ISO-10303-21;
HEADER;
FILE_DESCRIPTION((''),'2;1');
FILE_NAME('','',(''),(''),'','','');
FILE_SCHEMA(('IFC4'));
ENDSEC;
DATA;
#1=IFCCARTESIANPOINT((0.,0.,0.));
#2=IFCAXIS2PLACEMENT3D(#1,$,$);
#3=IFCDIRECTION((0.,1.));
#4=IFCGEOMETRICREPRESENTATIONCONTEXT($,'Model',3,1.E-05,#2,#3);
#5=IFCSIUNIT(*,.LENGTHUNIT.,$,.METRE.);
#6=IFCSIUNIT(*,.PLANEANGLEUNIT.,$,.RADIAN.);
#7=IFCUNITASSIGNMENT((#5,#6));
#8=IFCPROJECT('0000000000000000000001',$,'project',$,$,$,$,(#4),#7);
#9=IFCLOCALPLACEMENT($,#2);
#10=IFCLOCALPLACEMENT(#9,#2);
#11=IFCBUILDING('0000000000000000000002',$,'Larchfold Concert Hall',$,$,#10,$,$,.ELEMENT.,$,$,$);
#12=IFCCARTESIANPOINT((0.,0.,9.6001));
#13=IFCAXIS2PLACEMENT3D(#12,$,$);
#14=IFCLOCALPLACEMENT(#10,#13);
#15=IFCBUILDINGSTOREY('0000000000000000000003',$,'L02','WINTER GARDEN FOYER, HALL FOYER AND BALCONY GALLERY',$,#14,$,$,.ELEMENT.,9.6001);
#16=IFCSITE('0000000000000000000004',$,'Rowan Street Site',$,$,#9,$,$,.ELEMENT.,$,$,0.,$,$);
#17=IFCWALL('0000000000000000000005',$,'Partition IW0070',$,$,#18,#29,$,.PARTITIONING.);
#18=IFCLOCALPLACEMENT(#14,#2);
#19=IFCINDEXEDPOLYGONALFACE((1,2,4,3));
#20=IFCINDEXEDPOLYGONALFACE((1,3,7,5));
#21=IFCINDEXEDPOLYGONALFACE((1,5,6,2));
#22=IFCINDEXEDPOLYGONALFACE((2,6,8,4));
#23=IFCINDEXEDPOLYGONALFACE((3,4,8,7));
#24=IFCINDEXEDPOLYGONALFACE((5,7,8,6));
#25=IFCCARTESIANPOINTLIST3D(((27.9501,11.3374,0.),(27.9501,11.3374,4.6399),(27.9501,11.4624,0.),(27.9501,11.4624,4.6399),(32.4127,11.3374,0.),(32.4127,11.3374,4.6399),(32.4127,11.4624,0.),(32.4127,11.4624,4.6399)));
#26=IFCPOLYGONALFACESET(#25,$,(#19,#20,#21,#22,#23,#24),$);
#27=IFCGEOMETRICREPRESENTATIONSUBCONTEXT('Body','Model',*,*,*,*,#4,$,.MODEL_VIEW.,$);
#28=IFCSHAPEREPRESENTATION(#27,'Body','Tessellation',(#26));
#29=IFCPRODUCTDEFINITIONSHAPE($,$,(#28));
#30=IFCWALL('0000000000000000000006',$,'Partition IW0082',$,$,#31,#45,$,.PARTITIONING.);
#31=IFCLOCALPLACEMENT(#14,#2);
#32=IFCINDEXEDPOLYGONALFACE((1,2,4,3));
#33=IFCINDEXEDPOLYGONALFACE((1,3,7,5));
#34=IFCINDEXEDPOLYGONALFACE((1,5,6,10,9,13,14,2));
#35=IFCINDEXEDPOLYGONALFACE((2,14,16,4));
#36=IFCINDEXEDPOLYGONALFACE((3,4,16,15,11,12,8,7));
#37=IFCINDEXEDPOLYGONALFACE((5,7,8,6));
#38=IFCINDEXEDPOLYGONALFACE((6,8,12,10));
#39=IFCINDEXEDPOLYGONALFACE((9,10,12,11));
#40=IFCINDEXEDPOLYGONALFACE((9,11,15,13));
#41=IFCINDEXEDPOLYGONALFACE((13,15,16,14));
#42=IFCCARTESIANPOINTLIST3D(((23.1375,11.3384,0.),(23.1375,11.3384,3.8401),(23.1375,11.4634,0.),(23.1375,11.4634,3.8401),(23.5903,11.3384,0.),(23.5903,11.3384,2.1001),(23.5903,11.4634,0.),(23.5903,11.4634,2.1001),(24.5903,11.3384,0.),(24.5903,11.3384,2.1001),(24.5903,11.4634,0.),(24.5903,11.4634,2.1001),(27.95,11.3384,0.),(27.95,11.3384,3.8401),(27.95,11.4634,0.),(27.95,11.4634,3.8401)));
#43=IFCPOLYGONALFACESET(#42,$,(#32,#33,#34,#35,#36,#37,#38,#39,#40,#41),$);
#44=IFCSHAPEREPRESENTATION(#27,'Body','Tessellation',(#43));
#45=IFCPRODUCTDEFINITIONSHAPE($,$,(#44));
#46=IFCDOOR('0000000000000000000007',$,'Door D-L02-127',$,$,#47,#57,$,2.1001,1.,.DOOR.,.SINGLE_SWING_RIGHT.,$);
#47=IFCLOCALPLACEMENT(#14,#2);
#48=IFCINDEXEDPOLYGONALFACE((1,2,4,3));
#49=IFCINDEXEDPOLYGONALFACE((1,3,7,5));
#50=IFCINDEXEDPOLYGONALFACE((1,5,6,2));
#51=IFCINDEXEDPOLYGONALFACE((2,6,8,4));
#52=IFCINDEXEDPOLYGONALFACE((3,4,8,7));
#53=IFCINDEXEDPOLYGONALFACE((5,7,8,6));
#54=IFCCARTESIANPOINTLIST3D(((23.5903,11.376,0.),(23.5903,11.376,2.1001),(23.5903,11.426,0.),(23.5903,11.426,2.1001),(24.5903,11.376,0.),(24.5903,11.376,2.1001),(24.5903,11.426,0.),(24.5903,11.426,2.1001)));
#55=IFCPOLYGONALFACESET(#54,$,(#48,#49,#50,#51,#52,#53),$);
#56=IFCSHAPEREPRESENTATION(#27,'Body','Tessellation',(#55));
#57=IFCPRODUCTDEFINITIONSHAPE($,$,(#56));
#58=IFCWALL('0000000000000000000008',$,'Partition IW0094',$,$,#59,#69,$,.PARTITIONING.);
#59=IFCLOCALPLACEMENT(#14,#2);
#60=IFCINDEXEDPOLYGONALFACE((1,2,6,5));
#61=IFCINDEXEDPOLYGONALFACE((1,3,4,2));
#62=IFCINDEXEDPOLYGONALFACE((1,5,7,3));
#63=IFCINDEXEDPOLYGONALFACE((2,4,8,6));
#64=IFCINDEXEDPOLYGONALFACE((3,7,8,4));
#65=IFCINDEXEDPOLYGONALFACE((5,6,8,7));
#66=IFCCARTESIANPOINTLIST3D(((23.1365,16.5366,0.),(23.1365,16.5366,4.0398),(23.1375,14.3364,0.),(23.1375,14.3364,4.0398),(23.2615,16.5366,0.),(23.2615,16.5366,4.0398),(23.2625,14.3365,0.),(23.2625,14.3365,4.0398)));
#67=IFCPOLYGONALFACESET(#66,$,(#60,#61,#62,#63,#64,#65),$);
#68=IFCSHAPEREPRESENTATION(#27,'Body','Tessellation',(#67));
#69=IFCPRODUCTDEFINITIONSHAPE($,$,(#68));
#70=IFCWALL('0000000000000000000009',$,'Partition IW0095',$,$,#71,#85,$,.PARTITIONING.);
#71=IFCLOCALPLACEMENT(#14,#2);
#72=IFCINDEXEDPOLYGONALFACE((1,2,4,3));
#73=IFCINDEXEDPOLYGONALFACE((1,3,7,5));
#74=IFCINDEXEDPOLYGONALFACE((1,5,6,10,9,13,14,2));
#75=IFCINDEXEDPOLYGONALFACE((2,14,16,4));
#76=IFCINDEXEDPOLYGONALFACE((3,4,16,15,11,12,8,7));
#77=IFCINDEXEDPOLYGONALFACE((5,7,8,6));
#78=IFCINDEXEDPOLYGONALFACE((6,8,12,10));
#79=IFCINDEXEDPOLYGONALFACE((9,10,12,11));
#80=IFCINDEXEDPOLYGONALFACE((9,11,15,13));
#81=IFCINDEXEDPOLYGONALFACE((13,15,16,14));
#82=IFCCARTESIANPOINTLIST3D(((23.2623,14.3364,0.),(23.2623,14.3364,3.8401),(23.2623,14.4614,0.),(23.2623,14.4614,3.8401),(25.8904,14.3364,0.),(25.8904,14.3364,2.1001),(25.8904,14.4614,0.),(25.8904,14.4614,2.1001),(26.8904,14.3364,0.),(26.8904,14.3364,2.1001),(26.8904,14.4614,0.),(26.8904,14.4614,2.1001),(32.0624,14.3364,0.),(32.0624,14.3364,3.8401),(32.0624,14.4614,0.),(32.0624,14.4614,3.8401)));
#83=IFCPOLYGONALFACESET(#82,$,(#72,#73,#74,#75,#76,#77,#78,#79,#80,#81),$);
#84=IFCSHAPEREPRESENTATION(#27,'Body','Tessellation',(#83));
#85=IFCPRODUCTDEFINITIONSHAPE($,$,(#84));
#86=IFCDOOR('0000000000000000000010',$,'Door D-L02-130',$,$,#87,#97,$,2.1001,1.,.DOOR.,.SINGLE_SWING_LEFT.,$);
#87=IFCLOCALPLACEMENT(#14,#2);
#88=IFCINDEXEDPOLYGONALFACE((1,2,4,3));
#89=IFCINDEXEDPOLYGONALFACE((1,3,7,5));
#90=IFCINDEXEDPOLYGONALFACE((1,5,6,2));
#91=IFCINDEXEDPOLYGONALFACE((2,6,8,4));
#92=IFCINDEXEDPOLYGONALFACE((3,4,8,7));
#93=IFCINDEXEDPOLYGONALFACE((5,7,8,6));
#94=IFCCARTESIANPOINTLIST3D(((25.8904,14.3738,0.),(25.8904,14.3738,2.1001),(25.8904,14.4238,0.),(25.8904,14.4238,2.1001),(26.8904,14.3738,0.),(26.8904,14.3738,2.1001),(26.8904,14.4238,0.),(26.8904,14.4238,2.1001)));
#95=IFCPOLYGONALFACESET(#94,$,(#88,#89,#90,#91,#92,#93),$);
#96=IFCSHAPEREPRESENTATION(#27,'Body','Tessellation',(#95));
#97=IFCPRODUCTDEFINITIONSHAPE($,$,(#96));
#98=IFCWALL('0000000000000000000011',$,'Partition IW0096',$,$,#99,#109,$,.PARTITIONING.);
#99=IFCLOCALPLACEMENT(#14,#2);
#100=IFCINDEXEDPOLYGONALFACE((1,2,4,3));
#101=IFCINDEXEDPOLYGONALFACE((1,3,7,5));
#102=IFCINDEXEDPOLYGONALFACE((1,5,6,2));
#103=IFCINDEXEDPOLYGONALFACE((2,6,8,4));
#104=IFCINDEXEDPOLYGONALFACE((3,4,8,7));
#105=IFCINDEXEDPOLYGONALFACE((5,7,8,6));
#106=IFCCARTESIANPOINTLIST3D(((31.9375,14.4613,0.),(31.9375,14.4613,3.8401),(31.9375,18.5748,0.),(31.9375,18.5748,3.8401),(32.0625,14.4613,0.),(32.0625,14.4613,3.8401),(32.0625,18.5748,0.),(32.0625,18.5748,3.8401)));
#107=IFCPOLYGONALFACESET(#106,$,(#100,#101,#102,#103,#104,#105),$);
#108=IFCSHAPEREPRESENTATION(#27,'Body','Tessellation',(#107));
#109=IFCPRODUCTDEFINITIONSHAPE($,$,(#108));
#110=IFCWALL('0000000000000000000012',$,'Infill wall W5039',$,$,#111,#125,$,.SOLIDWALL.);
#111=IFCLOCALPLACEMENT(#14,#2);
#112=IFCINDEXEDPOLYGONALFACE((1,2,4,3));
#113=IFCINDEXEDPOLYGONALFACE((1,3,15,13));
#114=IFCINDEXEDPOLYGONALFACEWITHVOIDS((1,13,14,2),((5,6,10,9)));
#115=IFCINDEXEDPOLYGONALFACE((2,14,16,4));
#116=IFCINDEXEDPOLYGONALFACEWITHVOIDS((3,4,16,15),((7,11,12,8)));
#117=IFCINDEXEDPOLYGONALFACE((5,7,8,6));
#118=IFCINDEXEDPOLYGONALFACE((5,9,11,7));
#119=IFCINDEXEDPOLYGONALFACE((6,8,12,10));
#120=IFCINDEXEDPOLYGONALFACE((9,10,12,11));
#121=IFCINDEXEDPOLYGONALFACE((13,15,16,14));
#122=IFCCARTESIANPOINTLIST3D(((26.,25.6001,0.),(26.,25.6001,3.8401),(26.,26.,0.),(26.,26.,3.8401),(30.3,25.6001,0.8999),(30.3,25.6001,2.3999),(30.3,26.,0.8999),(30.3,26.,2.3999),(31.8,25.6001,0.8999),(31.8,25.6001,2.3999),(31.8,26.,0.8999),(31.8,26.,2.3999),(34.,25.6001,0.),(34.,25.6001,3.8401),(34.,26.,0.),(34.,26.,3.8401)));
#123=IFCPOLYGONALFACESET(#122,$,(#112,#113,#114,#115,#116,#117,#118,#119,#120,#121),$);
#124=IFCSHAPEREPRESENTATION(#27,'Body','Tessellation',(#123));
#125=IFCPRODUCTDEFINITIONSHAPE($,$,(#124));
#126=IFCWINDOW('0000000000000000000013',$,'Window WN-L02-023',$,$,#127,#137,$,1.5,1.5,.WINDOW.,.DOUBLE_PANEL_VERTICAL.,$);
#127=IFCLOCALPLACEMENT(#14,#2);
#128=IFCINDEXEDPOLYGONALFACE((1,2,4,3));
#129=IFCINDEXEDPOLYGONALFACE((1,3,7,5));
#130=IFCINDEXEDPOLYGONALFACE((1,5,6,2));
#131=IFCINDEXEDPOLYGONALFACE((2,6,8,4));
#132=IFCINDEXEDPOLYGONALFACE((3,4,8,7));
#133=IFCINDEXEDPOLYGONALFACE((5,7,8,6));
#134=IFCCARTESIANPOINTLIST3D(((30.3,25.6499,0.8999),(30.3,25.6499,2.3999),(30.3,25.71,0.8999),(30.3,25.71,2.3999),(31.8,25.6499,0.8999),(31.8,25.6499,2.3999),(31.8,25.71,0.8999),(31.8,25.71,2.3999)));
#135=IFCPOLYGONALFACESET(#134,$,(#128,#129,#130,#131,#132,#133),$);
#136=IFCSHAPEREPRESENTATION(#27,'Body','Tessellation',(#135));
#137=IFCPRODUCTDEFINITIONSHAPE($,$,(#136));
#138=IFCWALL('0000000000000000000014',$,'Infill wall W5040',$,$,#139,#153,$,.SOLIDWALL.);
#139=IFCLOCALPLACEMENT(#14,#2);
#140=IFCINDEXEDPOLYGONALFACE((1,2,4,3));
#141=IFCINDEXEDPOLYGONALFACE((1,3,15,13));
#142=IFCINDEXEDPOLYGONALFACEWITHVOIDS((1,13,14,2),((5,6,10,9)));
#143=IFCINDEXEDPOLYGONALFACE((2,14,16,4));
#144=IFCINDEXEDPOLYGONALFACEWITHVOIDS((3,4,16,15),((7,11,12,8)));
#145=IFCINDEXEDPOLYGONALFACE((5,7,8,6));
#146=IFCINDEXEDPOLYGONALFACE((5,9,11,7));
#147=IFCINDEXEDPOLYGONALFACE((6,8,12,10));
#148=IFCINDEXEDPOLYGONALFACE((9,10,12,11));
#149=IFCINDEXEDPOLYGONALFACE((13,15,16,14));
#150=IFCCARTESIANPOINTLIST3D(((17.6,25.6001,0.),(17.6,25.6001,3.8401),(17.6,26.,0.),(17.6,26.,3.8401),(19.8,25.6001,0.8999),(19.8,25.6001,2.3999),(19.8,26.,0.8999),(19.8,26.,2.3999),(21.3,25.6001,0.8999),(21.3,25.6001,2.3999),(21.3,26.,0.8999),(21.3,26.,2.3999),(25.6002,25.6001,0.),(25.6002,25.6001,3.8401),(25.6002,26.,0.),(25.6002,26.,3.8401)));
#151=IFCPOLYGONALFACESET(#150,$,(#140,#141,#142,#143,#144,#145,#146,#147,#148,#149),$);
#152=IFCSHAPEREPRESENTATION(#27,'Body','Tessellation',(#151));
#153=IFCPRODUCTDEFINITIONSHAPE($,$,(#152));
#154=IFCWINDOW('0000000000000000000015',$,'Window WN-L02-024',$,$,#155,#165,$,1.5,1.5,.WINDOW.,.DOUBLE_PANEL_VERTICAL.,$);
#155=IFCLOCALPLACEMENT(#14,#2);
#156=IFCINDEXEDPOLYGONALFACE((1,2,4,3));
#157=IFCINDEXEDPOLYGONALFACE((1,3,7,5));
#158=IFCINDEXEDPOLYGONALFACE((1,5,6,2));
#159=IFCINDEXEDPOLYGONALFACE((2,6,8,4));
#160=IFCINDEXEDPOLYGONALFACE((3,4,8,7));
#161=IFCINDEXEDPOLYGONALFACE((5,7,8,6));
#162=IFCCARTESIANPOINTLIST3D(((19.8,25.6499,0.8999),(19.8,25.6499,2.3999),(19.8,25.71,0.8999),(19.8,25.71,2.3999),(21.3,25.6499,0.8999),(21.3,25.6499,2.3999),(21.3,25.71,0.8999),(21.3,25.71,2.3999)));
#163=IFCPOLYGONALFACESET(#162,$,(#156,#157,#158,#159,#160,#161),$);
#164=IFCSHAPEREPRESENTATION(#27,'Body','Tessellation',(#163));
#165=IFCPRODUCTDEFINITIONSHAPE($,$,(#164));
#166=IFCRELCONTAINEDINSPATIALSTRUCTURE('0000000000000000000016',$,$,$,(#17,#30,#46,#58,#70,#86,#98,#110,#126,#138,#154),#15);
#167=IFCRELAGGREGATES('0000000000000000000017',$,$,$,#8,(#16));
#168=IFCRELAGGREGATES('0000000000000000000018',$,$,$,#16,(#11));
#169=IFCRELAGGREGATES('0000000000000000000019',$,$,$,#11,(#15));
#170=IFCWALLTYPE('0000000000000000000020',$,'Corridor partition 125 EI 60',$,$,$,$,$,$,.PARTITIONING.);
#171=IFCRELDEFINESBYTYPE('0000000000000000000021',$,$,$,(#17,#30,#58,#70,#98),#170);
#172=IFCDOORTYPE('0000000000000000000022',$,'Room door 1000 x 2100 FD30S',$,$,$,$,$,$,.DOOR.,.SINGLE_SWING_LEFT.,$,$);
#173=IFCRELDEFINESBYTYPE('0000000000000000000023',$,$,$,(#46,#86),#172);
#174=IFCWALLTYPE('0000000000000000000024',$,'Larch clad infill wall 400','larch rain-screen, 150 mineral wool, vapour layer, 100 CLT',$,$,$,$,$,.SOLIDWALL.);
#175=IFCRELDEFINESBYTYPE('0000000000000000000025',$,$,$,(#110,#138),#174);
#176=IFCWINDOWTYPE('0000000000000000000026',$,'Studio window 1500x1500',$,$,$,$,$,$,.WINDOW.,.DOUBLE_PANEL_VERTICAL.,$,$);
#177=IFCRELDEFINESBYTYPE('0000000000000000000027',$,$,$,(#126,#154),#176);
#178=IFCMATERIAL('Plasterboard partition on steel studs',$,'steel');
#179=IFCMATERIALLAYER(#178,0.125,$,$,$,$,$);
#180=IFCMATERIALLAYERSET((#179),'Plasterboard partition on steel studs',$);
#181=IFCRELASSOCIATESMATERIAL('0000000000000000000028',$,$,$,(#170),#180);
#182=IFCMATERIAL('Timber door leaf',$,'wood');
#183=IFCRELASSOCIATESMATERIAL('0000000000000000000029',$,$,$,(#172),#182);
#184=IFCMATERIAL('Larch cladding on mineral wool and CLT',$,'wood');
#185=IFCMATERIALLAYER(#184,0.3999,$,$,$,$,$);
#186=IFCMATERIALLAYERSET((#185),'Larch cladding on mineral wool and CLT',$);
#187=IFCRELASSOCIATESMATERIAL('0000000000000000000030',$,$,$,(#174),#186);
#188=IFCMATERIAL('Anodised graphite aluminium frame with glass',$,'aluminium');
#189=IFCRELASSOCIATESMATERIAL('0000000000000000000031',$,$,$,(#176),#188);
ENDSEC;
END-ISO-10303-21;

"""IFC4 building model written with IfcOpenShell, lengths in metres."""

from ifc_helpers import new_model, si_unit, direction, frame, frame_2d, origin, place, context, subcontext, project, spatial, rectangle, extrude, material, layer, layer_set, type_object, element, fill, save


model = new_model("IFC4")

# Units and contexts
model_context = context("Model", 3, precision=1e-05, world=origin(), true_north=direction((0.0, 1.0)))
body_context = subcontext(model_context, "Body", "Model", "MODEL_VIEW")
ifc_project = project(units=[si_unit("LENGTHUNIT", "METRE"), si_unit("PLANEANGLEUNIT", "RADIAN")], contexts=[model_context])

# Site, building, storey
site_placement = place(None, origin())
site = spatial("IfcSite", under=ifc_project, at=site_placement, Name="Rowan Street Site", CompositionType="ELEMENT", RefElevation=0.0)
building_placement = place(site_placement, origin())
building = spatial("IfcBuilding", under=site, at=building_placement, Name="Larchfold Concert Hall", CompositionType="ELEMENT")
storey_placement = place(building_placement, frame((0.0, 0.0, 9.6001)))
storey = spatial("IfcBuildingStorey", under=building, at=storey_placement, Name="L02", Description="WINTER GARDEN FOYER, HALL FOYER AND BALCONY GALLERY", CompositionType="ELEMENT", Elevation=9.6001)

# Wall
ifc_material_1 = material(Name="Plasterboard partition on steel studs", Category="steel")
ifc_layer_1 = layer(ifc_material_1, 0.125)
ifc_layer_set_1 = layer_set([ifc_layer_1], Name="Plasterboard partition on steel studs")
wall_type_1 = type_object("IfcWallType", Name="Corridor partition 125 EI 60", PredefinedType="PARTITIONING", material=ifc_layer_set_1)
wall_1_placement = place(storey_placement, frame((27.95, 11.3999, 0.0), z_axis=(0.0, 0.0, 1.0), x_axis=(1.0, 0.0, 0.0)))
element("IfcWall", 1, at=wall_1_placement, inside=storey, type_object=wall_type_1, Name="Partition IW0070", PredefinedType="PARTITIONING", context=body_context, shape_type="SweptSolid", body=[
    extrude(rectangle(XDim=4.4626, YDim=0.125, at=frame_2d((2.2314, 0.0))), origin(), (0.0, 0.0, 1.0), 4.6399),
])

# Wall, opening, door
wall_2_placement = place(storey_placement, frame((27.95, 11.4009, 0.0), z_axis=(0.0, 0.0, 1.0), x_axis=(-1.0, 0.0, 0.0)))
wall_2 = element("IfcWall", 2, at=wall_2_placement, inside=storey, type_object=wall_type_1, Name="Partition IW0082", PredefinedType="PARTITIONING", context=body_context, shape_type="SweptSolid", body=[
    extrude(rectangle(XDim=4.8125, YDim=0.125, at=frame_2d((2.4062, 0.0))), origin(), (0.0, 0.0, 1.0), 3.8401),
])
opening_1_placement = place(wall_2_placement, frame((3.3596, 0.0, 0.0)))
opening_1 = element("IfcOpeningElement", 3, at=opening_1_placement, cuts=wall_2, PredefinedType="OPENING", context=body_context, shape_type="SweptSolid", body=[
    extrude(rectangle(XDim=1.0, YDim=2.1001, at=frame_2d((0.5, 1.05))), frame((0.0, 0.0725, 0.0), z_axis=(0.0, -1.0, 0.0), x_axis=(1.0, 0.0, 0.0)), (0.0, 0.0, 1.0), 0.145),
])
ifc_material_2 = material(Name="Timber door leaf", Category="wood")
door_type = type_object("IfcDoorType", Name="Room door 1000 x 2100 FD30S", OperationType="SINGLE_SWING_LEFT", PredefinedType="DOOR", material=ifc_material_2)
door_1_placement = place(opening_1_placement, origin())
door_1 = element("IfcDoor", 4, at=door_1_placement, inside=storey, type_object=door_type, Name="Door D-L02-127", OperationType="SINGLE_SWING_RIGHT", OverallHeight=2.1001, OverallWidth=1.0, PredefinedType="DOOR", context=body_context, shape_type="SweptSolid", body=[
    extrude(rectangle(XDim=1.0, YDim=2.1001, at=frame_2d((0.5, 1.05))), frame((0.0, 0.0249, 0.0), z_axis=(0.0, -1.0, 0.0), x_axis=(1.0, 0.0, 0.0)), (0.0, 0.0, 1.0), 0.05),
])
fill(opening_1, door_1)

# Wall
wall_3_placement = place(storey_placement, frame((23.199, 16.5366, 0.0), z_axis=(0.0, 0.0, 1.0), x_axis=(0.000444, -1.0, 0.0)))
element("IfcWall", 5, at=wall_3_placement, inside=storey, type_object=wall_type_1, Name="Partition IW0094", PredefinedType="PARTITIONING", context=body_context, shape_type="SweptSolid", body=[
    extrude(rectangle(XDim=2.2002, YDim=0.125, at=frame_2d((1.1001, 0.0))), origin(), (0.0, 0.0, 1.0), 4.0398),
])

# Wall, opening, door
wall_4_placement = place(storey_placement, frame((23.2625, 14.3989, 0.0), z_axis=(0.0, 0.0, 1.0), x_axis=(1.0, 0.0, 0.0)))
wall_4 = element("IfcWall", 6, at=wall_4_placement, inside=storey, type_object=wall_type_1, Name="Partition IW0095", PredefinedType="PARTITIONING", context=body_context, shape_type="SweptSolid", body=[
    extrude(rectangle(XDim=8.8, YDim=0.125, at=frame_2d((4.3999, 0.0))), origin(), (0.0, 0.0, 1.0), 3.8401),
])
opening_2_placement = place(wall_4_placement, frame((2.6279, 0.0, 0.0)))
opening_2 = element("IfcOpeningElement", 7, at=opening_2_placement, cuts=wall_4, PredefinedType="OPENING", context=body_context, shape_type="SweptSolid", body=[
    extrude(rectangle(XDim=1.0, YDim=2.1001, at=frame_2d((0.5, 1.05))), frame((0.0, 0.0725, 0.0), z_axis=(0.0, -1.0, 0.0), x_axis=(1.0, 0.0, 0.0)), (0.0, 0.0, 1.0), 0.145),
])
door_2_placement = place(opening_2_placement, origin())
door_2 = element("IfcDoor", 8, at=door_2_placement, inside=storey, type_object=door_type, Name="Door D-L02-130", OperationType="SINGLE_SWING_LEFT", OverallHeight=2.1001, OverallWidth=1.0, PredefinedType="DOOR", context=body_context, shape_type="SweptSolid", body=[
    extrude(rectangle(XDim=1.0, YDim=2.1001, at=frame_2d((0.5, 1.05))), frame((0.0, 0.0249, 0.0), z_axis=(0.0, -1.0, 0.0), x_axis=(1.0, 0.0, 0.0)), (0.0, 0.0, 1.0), 0.05),
])
fill(opening_2, door_2)

# Wall
wall_5_placement = place(storey_placement, frame((32.0, 14.4614, 0.0), z_axis=(0.0, 0.0, 1.0), x_axis=(0.0, 1.0, 0.0)))
element("IfcWall", 9, at=wall_5_placement, inside=storey, type_object=wall_type_1, Name="Partition IW0096", PredefinedType="PARTITIONING", context=body_context, shape_type="SweptSolid", body=[
    extrude(rectangle(XDim=4.1135, YDim=0.125, at=frame_2d((2.0566, 0.0))), origin(), (0.0, 0.0, 1.0), 3.8401),
])

# Walls, openings, windows
ifc_material_3 = material(Name="Larch cladding on mineral wool and CLT", Category="wood")
ifc_layer_2 = layer(ifc_material_3, 0.3999)
ifc_layer_set_2 = layer_set([ifc_layer_2], Name="Larch cladding on mineral wool and CLT")
wall_type_2 = type_object("IfcWallType", Name="Larch clad infill wall 400", Description="larch rain-screen, 150 mineral wool, vapour layer, 100 CLT", PredefinedType="SOLIDWALL", material=ifc_layer_set_2)
wall_6_placement = place(storey_placement, frame((34.0, 25.8, 0.0), z_axis=(0.0, 0.0, 1.0), x_axis=(-1.0, 0.0, 0.0)))
wall_6 = element("IfcWall", 10, at=wall_6_placement, inside=storey, type_object=wall_type_2, Name="Infill wall W5039", PredefinedType="SOLIDWALL", context=body_context, shape_type="SweptSolid", body=[
    extrude(rectangle(XDim=8.0, YDim=0.3999, at=frame_2d((4.0, 0.0))), origin(), (0.0, 0.0, 1.0), 3.8401),
])
opening_3_placement = place(wall_6_placement, frame((2.2, 0.0, 0.8999)))
opening_3 = element("IfcOpeningElement", 11, at=opening_3_placement, cuts=wall_6, PredefinedType="OPENING", context=body_context, shape_type="SweptSolid", body=[
    extrude(rectangle(XDim=1.5, YDim=1.5, at=frame_2d((0.75, 0.75))), frame((0.0, 0.21, 0.0), z_axis=(0.0, -1.0, 0.0), x_axis=(1.0, 0.0, 0.0)), (0.0, 0.0, 1.0), 0.4199),
])
ifc_material_4 = material(Name="Anodised graphite aluminium frame with glass", Category="aluminium")
window_type = type_object("IfcWindowType", Name="Studio window 1500x1500", PartitioningType="DOUBLE_PANEL_VERTICAL", PredefinedType="WINDOW", material=ifc_material_4)
window_1_placement = place(opening_3_placement, origin())
window_1 = element("IfcWindow", 12, at=window_1_placement, inside=storey, type_object=window_type, Name="Window WN-L02-023", OverallHeight=1.5, OverallWidth=1.5, PartitioningType="DOUBLE_PANEL_VERTICAL", PredefinedType="WINDOW", context=body_context, shape_type="SweptSolid", body=[
    extrude(rectangle(XDim=1.5, YDim=1.5, at=frame_2d((0.75, 0.75))), frame((0.0, 0.1501, 0.0), z_axis=(0.0, -1.0, 0.0), x_axis=(1.0, 0.0, 0.0)), (0.0, 0.0, 1.0), 0.0601),
])
fill(opening_3, window_1)
wall_7_placement = place(storey_placement, frame((25.6001, 25.8, 0.0), z_axis=(0.0, 0.0, 1.0), x_axis=(-1.0, 0.0, 0.0)))
wall_7 = element("IfcWall", 13, at=wall_7_placement, inside=storey, type_object=wall_type_2, Name="Infill wall W5040", PredefinedType="SOLIDWALL", context=body_context, shape_type="SweptSolid", body=[
    extrude(rectangle(XDim=8.0002, YDim=0.3999, at=frame_2d((4.0, 0.0))), origin(), (0.0, 0.0, 1.0), 3.8401),
])
opening_4_placement = place(wall_7_placement, frame((4.3, 0.0, 0.8999)))
opening_4 = element("IfcOpeningElement", 14, at=opening_4_placement, cuts=wall_7, PredefinedType="OPENING", context=body_context, shape_type="SweptSolid", body=[
    extrude(rectangle(XDim=1.5, YDim=1.5, at=frame_2d((0.75, 0.75))), frame((0.0, 0.21, 0.0), z_axis=(0.0, -1.0, 0.0), x_axis=(1.0, 0.0, 0.0)), (0.0, 0.0, 1.0), 0.4199),
])
window_2_placement = place(opening_4_placement, origin())
window_2 = element("IfcWindow", 15, at=window_2_placement, inside=storey, type_object=window_type, Name="Window WN-L02-024", OverallHeight=1.5, OverallWidth=1.5, PartitioningType="DOUBLE_PANEL_VERTICAL", PredefinedType="WINDOW", context=body_context, shape_type="SweptSolid", body=[
    extrude(rectangle(XDim=1.5, YDim=1.5, at=frame_2d((0.75, 0.75))), frame((0.0, 0.1501, 0.0), z_axis=(0.0, -1.0, 0.0), x_axis=(1.0, 0.0, 0.0)), (0.0, 0.0, 1.0), 0.0601),
])
fill(opening_4, window_2)

save(model, "model.ifc")
